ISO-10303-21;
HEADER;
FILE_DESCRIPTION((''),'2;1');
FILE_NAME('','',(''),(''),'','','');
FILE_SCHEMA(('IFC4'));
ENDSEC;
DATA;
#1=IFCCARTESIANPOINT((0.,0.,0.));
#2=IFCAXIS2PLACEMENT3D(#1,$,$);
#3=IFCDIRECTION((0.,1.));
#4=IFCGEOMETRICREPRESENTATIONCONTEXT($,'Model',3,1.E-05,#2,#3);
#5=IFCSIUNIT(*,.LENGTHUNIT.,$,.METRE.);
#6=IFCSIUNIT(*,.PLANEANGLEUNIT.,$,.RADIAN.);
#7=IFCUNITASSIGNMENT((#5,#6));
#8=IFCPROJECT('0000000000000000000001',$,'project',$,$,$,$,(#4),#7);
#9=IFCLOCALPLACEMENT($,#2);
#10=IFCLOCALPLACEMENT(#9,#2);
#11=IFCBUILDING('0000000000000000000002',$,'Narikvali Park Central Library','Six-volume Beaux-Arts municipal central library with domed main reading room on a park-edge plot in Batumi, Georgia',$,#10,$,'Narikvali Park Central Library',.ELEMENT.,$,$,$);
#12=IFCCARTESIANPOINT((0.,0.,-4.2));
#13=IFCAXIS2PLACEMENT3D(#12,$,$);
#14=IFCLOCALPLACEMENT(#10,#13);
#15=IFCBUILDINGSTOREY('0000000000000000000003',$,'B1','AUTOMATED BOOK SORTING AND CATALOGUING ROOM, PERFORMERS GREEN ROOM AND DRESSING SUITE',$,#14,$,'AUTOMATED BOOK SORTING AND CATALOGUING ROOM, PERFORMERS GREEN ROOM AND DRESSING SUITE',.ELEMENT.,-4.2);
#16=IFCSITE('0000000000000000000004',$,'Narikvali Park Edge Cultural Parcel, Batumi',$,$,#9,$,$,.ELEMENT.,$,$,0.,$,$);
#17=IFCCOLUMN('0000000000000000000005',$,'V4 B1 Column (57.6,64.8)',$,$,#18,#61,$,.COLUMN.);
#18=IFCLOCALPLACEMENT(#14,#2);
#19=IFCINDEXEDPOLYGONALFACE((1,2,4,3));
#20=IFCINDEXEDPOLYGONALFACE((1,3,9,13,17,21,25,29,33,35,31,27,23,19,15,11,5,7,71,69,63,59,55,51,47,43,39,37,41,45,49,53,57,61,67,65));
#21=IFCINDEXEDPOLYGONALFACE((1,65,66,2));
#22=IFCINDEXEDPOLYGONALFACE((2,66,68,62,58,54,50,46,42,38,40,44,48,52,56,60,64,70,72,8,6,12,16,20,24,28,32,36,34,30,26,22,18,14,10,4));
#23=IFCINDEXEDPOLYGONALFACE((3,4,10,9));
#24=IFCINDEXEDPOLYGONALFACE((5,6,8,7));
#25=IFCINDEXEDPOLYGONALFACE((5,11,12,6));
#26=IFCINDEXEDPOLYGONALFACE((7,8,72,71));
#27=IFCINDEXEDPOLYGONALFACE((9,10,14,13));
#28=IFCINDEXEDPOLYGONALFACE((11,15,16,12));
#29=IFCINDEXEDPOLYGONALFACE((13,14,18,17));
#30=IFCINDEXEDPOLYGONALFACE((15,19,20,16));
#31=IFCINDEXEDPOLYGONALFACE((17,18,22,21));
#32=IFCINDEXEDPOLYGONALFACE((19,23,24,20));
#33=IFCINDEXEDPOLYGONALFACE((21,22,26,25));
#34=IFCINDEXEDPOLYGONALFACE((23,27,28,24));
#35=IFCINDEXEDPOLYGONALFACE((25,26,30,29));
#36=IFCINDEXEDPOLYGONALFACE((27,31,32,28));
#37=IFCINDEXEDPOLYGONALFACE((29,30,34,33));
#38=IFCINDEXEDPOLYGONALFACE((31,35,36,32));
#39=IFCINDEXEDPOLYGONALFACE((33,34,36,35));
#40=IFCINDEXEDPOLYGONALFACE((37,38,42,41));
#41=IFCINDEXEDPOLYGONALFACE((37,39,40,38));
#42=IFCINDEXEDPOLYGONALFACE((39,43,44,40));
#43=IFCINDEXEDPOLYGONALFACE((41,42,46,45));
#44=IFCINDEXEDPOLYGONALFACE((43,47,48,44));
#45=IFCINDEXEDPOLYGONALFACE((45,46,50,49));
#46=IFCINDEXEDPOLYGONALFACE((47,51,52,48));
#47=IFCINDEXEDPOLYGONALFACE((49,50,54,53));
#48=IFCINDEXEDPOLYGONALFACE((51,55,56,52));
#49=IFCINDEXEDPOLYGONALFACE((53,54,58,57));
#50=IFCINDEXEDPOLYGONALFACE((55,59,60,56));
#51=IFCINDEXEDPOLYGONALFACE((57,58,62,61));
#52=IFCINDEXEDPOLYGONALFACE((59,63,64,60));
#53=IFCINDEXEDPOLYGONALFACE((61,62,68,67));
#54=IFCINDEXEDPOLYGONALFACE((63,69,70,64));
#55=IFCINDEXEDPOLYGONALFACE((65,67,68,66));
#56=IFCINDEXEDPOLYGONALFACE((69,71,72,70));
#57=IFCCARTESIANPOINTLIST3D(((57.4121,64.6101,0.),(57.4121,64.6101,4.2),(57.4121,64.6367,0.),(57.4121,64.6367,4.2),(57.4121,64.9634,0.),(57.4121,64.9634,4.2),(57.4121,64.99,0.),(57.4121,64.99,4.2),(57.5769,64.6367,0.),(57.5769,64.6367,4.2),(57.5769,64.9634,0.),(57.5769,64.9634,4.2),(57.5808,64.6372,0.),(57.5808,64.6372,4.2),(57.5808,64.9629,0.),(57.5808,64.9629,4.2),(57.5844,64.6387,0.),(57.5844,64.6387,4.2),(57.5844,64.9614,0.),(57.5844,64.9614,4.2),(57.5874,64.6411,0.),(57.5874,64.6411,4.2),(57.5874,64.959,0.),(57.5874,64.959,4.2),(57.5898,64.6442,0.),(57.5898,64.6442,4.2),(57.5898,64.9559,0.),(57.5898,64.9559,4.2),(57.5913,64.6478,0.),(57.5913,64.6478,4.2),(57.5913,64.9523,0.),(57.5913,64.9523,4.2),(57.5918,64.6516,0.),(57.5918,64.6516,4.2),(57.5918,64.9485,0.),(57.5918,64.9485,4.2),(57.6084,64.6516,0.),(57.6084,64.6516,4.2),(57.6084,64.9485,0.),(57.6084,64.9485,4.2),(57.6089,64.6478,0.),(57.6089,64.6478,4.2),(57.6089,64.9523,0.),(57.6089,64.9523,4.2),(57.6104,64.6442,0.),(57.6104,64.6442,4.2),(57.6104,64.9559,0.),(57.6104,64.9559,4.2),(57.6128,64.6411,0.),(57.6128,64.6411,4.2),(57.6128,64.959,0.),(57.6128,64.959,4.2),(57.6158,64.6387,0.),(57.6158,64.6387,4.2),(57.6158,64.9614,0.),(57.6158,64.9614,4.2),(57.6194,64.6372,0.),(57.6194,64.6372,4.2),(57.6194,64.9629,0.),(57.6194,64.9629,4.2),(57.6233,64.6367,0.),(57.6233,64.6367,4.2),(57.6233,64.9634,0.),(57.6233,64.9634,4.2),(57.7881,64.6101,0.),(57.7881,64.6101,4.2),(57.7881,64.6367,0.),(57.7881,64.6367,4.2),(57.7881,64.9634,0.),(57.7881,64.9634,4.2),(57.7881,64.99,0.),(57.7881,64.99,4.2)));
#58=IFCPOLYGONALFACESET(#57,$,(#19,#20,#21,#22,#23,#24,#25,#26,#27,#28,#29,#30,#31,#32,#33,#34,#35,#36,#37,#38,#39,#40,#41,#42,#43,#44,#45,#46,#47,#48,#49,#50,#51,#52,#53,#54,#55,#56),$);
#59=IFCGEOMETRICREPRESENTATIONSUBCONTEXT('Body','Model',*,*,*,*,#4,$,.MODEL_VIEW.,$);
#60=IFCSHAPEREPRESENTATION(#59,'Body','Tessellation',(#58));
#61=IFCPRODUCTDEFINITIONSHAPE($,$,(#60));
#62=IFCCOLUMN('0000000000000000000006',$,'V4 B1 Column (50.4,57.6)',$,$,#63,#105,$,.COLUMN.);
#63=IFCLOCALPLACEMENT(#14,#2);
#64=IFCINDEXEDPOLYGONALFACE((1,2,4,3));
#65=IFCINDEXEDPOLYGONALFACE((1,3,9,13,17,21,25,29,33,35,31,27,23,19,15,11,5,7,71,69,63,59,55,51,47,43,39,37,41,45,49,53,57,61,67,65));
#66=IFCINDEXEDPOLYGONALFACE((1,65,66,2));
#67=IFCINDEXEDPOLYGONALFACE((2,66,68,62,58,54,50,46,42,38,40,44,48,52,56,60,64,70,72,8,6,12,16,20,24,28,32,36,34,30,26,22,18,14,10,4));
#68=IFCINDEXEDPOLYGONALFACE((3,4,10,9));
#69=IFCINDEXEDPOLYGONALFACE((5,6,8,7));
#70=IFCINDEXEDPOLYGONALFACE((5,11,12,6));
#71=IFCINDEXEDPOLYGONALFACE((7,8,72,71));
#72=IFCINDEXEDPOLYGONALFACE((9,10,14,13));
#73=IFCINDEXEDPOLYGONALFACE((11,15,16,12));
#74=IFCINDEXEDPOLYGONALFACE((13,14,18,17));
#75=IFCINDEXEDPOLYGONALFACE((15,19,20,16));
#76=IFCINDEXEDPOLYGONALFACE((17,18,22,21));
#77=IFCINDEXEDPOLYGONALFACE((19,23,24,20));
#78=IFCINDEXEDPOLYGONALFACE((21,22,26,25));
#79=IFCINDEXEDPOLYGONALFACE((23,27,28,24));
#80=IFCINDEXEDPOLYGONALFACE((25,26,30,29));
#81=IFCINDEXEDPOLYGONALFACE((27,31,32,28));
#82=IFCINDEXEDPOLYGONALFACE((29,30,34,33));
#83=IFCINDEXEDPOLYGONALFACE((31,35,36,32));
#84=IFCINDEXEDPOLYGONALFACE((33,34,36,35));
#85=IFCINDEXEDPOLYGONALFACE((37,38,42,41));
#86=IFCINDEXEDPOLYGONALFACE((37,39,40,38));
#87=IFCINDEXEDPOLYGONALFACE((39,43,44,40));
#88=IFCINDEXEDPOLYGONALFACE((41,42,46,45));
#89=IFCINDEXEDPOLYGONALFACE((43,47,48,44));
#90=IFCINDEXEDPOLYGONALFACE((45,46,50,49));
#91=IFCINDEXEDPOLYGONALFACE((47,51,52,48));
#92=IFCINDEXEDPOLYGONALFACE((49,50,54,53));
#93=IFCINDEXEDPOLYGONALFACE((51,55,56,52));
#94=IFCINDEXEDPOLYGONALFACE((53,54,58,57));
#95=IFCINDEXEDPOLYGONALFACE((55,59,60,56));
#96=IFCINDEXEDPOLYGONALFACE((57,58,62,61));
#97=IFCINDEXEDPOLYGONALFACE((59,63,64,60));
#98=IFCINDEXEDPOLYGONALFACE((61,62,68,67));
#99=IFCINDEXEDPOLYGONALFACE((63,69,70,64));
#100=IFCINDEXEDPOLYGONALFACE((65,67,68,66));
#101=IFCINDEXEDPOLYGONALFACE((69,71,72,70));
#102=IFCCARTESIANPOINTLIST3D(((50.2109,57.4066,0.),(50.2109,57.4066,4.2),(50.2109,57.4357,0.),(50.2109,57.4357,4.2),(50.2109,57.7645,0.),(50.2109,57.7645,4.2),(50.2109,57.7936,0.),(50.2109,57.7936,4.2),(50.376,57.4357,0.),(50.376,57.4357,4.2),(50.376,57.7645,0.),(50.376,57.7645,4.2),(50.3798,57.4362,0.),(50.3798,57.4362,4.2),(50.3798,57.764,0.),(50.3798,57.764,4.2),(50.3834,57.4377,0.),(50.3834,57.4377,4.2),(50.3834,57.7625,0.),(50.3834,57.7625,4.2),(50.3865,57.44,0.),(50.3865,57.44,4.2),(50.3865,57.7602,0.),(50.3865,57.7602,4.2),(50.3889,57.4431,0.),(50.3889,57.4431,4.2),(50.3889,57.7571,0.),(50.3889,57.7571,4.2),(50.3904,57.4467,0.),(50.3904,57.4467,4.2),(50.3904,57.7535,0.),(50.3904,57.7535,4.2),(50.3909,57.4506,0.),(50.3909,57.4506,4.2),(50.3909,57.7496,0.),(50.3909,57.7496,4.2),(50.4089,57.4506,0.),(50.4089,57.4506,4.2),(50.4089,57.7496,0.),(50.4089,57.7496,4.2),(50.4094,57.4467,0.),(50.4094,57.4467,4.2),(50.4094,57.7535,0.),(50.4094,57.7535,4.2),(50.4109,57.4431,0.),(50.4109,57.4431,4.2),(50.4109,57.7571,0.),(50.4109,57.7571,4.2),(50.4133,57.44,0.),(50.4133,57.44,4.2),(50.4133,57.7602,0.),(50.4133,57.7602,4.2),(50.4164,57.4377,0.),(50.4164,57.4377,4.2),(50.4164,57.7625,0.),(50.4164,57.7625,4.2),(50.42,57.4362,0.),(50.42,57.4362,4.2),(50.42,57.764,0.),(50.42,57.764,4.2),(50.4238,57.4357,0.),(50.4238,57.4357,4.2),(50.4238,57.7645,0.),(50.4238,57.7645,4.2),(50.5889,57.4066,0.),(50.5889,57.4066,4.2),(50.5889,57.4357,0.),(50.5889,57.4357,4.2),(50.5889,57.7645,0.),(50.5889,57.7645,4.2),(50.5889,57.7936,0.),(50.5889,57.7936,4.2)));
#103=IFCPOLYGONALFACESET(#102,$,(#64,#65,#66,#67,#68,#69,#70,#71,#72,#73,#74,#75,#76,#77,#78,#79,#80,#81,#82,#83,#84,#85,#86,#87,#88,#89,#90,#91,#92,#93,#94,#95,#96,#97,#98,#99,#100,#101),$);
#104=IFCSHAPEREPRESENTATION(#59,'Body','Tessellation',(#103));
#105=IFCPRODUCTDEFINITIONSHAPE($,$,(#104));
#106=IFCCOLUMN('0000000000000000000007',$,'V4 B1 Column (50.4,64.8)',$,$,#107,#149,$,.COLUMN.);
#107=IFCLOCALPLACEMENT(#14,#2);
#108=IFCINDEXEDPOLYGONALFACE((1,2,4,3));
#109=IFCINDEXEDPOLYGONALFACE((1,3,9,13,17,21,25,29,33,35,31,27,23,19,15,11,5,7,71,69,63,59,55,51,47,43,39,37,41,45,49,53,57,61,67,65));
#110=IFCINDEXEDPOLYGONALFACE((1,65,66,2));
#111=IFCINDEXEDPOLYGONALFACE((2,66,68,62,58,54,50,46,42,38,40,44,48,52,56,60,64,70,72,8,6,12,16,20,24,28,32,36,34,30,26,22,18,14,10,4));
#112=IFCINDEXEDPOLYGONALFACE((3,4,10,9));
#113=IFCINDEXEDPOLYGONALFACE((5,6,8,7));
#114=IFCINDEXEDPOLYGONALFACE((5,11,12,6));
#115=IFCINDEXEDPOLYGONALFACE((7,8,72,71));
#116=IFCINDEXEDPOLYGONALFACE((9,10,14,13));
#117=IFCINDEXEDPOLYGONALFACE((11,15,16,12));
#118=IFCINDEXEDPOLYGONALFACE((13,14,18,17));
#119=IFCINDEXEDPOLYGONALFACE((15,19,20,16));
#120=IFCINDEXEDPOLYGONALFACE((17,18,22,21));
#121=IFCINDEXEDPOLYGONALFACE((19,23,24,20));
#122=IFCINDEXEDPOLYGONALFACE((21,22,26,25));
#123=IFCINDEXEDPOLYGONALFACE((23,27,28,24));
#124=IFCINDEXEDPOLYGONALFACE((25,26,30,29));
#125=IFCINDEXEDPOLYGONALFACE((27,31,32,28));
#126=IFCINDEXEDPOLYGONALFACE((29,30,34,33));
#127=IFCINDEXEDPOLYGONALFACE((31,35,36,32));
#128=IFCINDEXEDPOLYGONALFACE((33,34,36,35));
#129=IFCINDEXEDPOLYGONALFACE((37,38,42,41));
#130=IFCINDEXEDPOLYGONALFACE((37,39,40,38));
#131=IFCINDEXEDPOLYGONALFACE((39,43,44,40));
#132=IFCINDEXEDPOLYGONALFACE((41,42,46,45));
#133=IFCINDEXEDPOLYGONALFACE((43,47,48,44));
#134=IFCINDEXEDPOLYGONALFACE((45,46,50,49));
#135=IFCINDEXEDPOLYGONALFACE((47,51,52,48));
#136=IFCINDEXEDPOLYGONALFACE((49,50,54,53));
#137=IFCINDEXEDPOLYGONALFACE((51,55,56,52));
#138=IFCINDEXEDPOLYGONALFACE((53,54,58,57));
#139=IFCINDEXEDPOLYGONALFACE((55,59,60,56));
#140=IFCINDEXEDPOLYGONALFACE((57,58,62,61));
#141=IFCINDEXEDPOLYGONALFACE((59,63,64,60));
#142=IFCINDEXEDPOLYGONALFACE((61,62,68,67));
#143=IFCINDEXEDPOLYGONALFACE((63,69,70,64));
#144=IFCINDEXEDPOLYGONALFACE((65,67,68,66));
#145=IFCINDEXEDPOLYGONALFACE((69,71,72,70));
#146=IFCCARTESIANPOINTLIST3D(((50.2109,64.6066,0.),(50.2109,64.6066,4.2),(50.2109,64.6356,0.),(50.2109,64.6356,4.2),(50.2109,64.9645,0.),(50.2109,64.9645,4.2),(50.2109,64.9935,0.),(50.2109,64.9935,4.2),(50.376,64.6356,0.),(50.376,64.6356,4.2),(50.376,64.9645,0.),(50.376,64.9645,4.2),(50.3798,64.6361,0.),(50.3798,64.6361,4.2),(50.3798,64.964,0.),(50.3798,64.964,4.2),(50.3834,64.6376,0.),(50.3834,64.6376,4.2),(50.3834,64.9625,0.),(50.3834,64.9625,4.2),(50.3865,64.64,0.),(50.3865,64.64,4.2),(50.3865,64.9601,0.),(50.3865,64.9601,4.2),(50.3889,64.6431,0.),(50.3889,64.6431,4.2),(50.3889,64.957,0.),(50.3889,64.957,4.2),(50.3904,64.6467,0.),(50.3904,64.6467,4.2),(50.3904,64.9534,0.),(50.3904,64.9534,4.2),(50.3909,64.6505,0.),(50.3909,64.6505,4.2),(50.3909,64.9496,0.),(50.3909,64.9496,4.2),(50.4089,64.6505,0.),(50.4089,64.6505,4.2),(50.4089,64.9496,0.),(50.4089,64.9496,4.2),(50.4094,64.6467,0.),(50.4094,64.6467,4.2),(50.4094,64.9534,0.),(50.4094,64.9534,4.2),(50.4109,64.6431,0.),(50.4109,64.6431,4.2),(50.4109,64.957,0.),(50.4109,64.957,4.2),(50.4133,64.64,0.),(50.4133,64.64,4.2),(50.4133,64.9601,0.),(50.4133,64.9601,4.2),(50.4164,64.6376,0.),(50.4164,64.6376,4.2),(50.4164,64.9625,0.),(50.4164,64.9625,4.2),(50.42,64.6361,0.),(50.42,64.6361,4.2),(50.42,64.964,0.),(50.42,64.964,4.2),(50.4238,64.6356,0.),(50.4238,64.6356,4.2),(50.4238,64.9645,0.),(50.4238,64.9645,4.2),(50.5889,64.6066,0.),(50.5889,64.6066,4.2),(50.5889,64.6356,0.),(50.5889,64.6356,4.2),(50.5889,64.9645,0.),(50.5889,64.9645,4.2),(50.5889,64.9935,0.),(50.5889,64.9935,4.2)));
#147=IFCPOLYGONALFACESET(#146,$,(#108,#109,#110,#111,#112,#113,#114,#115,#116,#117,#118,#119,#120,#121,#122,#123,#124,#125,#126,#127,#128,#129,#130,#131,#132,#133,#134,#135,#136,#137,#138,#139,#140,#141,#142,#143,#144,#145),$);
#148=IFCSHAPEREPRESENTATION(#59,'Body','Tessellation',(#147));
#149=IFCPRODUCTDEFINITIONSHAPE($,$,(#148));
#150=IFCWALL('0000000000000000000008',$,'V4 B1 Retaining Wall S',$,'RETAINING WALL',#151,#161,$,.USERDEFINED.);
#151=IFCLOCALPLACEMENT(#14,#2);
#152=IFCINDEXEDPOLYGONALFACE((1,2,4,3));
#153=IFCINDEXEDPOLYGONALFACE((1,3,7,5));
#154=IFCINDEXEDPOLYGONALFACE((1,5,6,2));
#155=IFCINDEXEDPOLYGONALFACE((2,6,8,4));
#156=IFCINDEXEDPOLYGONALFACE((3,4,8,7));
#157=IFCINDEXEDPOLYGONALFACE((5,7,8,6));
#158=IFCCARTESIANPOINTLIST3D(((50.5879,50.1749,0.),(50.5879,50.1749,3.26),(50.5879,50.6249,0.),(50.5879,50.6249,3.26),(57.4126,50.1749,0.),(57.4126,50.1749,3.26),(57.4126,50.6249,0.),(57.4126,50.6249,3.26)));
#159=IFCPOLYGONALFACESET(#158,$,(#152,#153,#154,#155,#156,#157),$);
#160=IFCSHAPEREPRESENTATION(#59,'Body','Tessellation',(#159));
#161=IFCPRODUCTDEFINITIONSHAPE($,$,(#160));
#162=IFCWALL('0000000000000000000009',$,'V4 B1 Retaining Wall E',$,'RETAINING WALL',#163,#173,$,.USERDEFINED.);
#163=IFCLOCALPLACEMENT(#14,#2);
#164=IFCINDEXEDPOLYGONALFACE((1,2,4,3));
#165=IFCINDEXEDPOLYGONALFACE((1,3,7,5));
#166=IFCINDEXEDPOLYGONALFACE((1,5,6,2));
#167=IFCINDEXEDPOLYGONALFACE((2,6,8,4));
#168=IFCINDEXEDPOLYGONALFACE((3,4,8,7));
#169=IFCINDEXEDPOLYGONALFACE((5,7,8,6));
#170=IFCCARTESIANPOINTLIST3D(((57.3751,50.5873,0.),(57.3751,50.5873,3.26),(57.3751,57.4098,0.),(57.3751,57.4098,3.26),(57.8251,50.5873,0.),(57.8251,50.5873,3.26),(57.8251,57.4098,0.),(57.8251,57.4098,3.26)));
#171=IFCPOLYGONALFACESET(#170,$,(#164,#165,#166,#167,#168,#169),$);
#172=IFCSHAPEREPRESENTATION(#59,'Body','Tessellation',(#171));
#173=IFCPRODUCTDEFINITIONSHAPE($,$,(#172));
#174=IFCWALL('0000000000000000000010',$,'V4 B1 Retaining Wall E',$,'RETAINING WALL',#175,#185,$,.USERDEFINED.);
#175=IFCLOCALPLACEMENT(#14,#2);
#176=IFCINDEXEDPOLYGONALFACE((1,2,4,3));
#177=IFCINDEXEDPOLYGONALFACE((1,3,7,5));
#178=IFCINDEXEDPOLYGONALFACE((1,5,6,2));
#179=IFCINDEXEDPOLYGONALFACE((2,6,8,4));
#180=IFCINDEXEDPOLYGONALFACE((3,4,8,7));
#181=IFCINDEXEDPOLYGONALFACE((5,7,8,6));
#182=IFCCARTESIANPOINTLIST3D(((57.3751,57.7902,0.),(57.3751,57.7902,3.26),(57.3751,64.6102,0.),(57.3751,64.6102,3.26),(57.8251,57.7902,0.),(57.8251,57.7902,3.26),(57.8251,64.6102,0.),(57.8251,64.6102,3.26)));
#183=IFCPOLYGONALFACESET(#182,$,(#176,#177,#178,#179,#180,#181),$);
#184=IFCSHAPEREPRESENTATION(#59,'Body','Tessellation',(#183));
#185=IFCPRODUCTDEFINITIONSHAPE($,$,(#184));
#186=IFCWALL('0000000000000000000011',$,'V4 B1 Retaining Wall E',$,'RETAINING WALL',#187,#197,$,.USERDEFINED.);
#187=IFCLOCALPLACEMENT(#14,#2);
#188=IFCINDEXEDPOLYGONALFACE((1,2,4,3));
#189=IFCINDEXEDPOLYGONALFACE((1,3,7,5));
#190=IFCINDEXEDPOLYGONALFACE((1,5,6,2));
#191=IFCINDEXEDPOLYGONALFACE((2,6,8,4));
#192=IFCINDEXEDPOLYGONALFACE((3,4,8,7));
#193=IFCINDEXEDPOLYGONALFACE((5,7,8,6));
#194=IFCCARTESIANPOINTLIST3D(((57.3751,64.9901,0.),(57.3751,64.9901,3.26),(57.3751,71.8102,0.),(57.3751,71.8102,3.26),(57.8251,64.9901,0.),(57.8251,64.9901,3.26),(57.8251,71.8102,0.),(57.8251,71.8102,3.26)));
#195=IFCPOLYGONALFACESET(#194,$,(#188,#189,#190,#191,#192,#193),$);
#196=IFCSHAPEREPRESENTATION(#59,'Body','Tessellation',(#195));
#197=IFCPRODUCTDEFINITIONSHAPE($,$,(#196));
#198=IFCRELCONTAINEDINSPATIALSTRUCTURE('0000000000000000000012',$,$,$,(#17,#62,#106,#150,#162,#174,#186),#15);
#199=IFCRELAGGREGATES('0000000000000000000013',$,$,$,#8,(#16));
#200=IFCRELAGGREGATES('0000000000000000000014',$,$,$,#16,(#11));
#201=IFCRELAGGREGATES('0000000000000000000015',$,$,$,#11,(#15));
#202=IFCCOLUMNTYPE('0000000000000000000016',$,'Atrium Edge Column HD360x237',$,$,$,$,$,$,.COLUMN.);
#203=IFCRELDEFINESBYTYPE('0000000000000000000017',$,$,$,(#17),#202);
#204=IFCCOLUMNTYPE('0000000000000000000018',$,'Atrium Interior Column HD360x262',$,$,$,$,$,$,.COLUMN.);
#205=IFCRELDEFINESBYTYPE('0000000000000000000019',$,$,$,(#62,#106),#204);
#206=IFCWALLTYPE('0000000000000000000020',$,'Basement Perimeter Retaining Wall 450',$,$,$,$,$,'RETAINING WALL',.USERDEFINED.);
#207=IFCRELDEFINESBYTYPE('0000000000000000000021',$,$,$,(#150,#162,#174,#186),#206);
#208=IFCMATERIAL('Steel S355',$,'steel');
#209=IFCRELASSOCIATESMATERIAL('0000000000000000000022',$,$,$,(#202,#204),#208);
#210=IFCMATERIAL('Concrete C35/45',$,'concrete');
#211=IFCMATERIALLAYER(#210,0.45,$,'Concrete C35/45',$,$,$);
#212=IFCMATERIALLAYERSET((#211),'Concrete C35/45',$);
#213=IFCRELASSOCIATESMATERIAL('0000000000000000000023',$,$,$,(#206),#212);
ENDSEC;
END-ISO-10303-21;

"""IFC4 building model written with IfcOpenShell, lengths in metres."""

from ifc_helpers import new_model, si_unit, direction, frame, frame_2d, origin, origin_2d, place, context, subcontext, project, spatial, rectangle, i_section, extrude, material, layer, layer_set, material_profile, profile_set, type_object, element, save


model = new_model("IFC4")

# Units and contexts
model_context = context("Model", 3, precision=1e-05, world=origin(), true_north=direction((0.0, 1.0)))
body_context = subcontext(model_context, "Body", "Model", "MODEL_VIEW")
ifc_project = project(units=[si_unit("LENGTHUNIT", "METRE"), si_unit("PLANEANGLEUNIT", "RADIAN")], contexts=[model_context])

# Site, building, storey
site_placement = place(None, origin())
site = spatial("IfcSite", under=ifc_project, at=site_placement, Name="Narikvali Park Edge Cultural Parcel, Batumi", CompositionType="ELEMENT", RefElevation=0.0)
building_placement = place(site_placement, origin())
building = spatial("IfcBuilding", under=site, at=building_placement, Name="Narikvali Park Central Library", Description="Six-volume Beaux-Arts municipal central library with domed main reading room on a park-edge plot in Batumi, Georgia", LongName="Narikvali Park Central Library", CompositionType="ELEMENT")
storey_placement = place(building_placement, frame((0.0, 0.0, -4.2)))
storey = spatial("IfcBuildingStorey", under=building, at=storey_placement, Name="B1", Description="AUTOMATED BOOK SORTING AND CATALOGUING ROOM, PERFORMERS GREEN ROOM AND DRESSING SUITE", LongName="AUTOMATED BOOK SORTING AND CATALOGUING ROOM, PERFORMERS GREEN ROOM AND DRESSING SUITE", CompositionType="ELEMENT", Elevation=-4.2)

# Shared definitions
ifc_material_1 = material(Name="Concrete C35/45", Category="concrete")

# Columns
ifc_material_2 = material(Name="Steel S355", Category="steel")
ifc_material_profile_1 = material_profile(ifc_material_2, i_section(OverallWidth=0.376, OverallDepth=0.3799, WebThickness=0.0166, FlangeThickness=0.0266, FilletRadius=0.0149, at=origin_2d()), Name="HD 360x237")
ifc_profile_set_1 = profile_set([ifc_material_profile_1], Name="Steel S355")
column_type_1 = type_object("IfcColumnType", Name="Atrium Edge Column HD360x237", PredefinedType="COLUMN", material=ifc_profile_set_1)
for number, where, z_axis, x_axis, name in (
    (1, (57.6001, 64.8, 0.0), (0.0, 0.0, 1.0), (1.0, 0.0, 0.0), "V4 B1 Column (57.6,64.8)"),
):
    element("IfcColumn", number, at=place(storey_placement, frame(where, z_axis=z_axis, x_axis=x_axis)), inside=storey, type_object=column_type_1, Name=name, PredefinedType="COLUMN", context=body_context, shape_type="SweptSolid", body=[
        extrude(i_section(OverallWidth=0.376, OverallDepth=0.3799, WebThickness=0.0166, FlangeThickness=0.0266, FilletRadius=0.0149, at=origin_2d()), origin(), (0.0, 0.0, 1.0), 4.2),
    ])
ifc_material_profile_2 = material_profile(ifc_material_2, i_section(OverallWidth=0.3779, OverallDepth=0.387, WebThickness=0.0181, FlangeThickness=0.0291, FilletRadius=0.0149, at=origin_2d()), Name="HD 360x262")
ifc_profile_set_2 = profile_set([ifc_material_profile_2], Name="Steel S355")
column_type_2 = type_object("IfcColumnType", Name="Atrium Interior Column HD360x262", PredefinedType="COLUMN", material=ifc_profile_set_2)
for number, where, z_axis, x_axis, name in (
    (2, (50.3999, 57.6001, 0.0), (0.0, 0.0, 1.0), (1.0, 0.0, 0.0), "V4 B1 Column (50.4,57.6)"),
    (3, (50.3999, 64.8, 0.0), (0.0, 0.0, 1.0), (1.0, 0.0, 0.0), "V4 B1 Column (50.4,64.8)"),
):
    element("IfcColumn", number, at=place(storey_placement, frame(where, z_axis=z_axis, x_axis=x_axis)), inside=storey, type_object=column_type_2, Name=name, PredefinedType="COLUMN", context=body_context, shape_type="SweptSolid", body=[
        extrude(i_section(OverallWidth=0.3779, OverallDepth=0.387, WebThickness=0.0181, FlangeThickness=0.0291, FilletRadius=0.0149, at=origin_2d()), origin(), (0.0, 0.0, 1.0), 4.2),
    ])

# Walls
ifc_layer_1 = layer(ifc_material_1, 0.45, Name="Concrete C35/45")
ifc_layer_set_1 = layer_set([ifc_layer_1], Name="Concrete C35/45")
wall_type_1 = type_object("IfcWallType", Name="Basement Perimeter Retaining Wall 450", ElementType="RETAINING WALL", PredefinedType="USERDEFINED", material=ifc_layer_set_1)
wall_1_placement = place(storey_placement, frame((50.5879, 50.3999, 0.0), z_axis=(0.0, 0.0, 1.0), x_axis=(1.0, 0.0, 0.0)))
element("IfcWall", 4, at=wall_1_placement, inside=storey, type_object=wall_type_1, Name="V4 B1 Retaining Wall S", ObjectType="RETAINING WALL", PredefinedType="USERDEFINED", context=body_context, shape_type="SweptSolid", body=[
    extrude(rectangle(XDim=6.8247, YDim=0.45, at=frame_2d((3.4124, 0.0))), origin(), (0.0, 0.0, 1.0), 3.26),
])
wall_2_placement = place(storey_placement, frame((57.6001, 50.5874, 0.0), z_axis=(0.0, 0.0, 1.0), x_axis=(0.0, 1.0, 0.0)))
element("IfcWall", 5, at=wall_2_placement, inside=storey, type_object=wall_type_1, Name="V4 B1 Retaining Wall E", ObjectType="RETAINING WALL", PredefinedType="USERDEFINED", context=body_context, shape_type="SweptSolid", body=[
    extrude(rectangle(XDim=6.8225, YDim=0.45, at=frame_2d((3.4111, 0.0))), origin(), (0.0, 0.0, 1.0), 3.26),
])
for number, where, z_axis, x_axis, name in (
    (6, (57.6001, 57.79, 0.0), (0.0, 0.0, 1.0), (0.0, 1.0, 0.0), "V4 B1 Retaining Wall E"),
    (7, (57.6001, 64.99, 0.0), (0.0, 0.0, 1.0), (0.0, 1.0, 0.0), "V4 B1 Retaining Wall E"),
):
    element("IfcWall", number, at=place(storey_placement, frame(where, z_axis=z_axis, x_axis=x_axis)), inside=storey, type_object=wall_type_1, Name=name, ObjectType="RETAINING WALL", PredefinedType="USERDEFINED", context=body_context, shape_type="SweptSolid", body=[
        extrude(rectangle(XDim=6.8201, YDim=0.45, at=frame_2d((3.4102, 0.0))), origin(), (0.0, 0.0, 1.0), 3.26),
    ])

save(model, "model.ifc")
